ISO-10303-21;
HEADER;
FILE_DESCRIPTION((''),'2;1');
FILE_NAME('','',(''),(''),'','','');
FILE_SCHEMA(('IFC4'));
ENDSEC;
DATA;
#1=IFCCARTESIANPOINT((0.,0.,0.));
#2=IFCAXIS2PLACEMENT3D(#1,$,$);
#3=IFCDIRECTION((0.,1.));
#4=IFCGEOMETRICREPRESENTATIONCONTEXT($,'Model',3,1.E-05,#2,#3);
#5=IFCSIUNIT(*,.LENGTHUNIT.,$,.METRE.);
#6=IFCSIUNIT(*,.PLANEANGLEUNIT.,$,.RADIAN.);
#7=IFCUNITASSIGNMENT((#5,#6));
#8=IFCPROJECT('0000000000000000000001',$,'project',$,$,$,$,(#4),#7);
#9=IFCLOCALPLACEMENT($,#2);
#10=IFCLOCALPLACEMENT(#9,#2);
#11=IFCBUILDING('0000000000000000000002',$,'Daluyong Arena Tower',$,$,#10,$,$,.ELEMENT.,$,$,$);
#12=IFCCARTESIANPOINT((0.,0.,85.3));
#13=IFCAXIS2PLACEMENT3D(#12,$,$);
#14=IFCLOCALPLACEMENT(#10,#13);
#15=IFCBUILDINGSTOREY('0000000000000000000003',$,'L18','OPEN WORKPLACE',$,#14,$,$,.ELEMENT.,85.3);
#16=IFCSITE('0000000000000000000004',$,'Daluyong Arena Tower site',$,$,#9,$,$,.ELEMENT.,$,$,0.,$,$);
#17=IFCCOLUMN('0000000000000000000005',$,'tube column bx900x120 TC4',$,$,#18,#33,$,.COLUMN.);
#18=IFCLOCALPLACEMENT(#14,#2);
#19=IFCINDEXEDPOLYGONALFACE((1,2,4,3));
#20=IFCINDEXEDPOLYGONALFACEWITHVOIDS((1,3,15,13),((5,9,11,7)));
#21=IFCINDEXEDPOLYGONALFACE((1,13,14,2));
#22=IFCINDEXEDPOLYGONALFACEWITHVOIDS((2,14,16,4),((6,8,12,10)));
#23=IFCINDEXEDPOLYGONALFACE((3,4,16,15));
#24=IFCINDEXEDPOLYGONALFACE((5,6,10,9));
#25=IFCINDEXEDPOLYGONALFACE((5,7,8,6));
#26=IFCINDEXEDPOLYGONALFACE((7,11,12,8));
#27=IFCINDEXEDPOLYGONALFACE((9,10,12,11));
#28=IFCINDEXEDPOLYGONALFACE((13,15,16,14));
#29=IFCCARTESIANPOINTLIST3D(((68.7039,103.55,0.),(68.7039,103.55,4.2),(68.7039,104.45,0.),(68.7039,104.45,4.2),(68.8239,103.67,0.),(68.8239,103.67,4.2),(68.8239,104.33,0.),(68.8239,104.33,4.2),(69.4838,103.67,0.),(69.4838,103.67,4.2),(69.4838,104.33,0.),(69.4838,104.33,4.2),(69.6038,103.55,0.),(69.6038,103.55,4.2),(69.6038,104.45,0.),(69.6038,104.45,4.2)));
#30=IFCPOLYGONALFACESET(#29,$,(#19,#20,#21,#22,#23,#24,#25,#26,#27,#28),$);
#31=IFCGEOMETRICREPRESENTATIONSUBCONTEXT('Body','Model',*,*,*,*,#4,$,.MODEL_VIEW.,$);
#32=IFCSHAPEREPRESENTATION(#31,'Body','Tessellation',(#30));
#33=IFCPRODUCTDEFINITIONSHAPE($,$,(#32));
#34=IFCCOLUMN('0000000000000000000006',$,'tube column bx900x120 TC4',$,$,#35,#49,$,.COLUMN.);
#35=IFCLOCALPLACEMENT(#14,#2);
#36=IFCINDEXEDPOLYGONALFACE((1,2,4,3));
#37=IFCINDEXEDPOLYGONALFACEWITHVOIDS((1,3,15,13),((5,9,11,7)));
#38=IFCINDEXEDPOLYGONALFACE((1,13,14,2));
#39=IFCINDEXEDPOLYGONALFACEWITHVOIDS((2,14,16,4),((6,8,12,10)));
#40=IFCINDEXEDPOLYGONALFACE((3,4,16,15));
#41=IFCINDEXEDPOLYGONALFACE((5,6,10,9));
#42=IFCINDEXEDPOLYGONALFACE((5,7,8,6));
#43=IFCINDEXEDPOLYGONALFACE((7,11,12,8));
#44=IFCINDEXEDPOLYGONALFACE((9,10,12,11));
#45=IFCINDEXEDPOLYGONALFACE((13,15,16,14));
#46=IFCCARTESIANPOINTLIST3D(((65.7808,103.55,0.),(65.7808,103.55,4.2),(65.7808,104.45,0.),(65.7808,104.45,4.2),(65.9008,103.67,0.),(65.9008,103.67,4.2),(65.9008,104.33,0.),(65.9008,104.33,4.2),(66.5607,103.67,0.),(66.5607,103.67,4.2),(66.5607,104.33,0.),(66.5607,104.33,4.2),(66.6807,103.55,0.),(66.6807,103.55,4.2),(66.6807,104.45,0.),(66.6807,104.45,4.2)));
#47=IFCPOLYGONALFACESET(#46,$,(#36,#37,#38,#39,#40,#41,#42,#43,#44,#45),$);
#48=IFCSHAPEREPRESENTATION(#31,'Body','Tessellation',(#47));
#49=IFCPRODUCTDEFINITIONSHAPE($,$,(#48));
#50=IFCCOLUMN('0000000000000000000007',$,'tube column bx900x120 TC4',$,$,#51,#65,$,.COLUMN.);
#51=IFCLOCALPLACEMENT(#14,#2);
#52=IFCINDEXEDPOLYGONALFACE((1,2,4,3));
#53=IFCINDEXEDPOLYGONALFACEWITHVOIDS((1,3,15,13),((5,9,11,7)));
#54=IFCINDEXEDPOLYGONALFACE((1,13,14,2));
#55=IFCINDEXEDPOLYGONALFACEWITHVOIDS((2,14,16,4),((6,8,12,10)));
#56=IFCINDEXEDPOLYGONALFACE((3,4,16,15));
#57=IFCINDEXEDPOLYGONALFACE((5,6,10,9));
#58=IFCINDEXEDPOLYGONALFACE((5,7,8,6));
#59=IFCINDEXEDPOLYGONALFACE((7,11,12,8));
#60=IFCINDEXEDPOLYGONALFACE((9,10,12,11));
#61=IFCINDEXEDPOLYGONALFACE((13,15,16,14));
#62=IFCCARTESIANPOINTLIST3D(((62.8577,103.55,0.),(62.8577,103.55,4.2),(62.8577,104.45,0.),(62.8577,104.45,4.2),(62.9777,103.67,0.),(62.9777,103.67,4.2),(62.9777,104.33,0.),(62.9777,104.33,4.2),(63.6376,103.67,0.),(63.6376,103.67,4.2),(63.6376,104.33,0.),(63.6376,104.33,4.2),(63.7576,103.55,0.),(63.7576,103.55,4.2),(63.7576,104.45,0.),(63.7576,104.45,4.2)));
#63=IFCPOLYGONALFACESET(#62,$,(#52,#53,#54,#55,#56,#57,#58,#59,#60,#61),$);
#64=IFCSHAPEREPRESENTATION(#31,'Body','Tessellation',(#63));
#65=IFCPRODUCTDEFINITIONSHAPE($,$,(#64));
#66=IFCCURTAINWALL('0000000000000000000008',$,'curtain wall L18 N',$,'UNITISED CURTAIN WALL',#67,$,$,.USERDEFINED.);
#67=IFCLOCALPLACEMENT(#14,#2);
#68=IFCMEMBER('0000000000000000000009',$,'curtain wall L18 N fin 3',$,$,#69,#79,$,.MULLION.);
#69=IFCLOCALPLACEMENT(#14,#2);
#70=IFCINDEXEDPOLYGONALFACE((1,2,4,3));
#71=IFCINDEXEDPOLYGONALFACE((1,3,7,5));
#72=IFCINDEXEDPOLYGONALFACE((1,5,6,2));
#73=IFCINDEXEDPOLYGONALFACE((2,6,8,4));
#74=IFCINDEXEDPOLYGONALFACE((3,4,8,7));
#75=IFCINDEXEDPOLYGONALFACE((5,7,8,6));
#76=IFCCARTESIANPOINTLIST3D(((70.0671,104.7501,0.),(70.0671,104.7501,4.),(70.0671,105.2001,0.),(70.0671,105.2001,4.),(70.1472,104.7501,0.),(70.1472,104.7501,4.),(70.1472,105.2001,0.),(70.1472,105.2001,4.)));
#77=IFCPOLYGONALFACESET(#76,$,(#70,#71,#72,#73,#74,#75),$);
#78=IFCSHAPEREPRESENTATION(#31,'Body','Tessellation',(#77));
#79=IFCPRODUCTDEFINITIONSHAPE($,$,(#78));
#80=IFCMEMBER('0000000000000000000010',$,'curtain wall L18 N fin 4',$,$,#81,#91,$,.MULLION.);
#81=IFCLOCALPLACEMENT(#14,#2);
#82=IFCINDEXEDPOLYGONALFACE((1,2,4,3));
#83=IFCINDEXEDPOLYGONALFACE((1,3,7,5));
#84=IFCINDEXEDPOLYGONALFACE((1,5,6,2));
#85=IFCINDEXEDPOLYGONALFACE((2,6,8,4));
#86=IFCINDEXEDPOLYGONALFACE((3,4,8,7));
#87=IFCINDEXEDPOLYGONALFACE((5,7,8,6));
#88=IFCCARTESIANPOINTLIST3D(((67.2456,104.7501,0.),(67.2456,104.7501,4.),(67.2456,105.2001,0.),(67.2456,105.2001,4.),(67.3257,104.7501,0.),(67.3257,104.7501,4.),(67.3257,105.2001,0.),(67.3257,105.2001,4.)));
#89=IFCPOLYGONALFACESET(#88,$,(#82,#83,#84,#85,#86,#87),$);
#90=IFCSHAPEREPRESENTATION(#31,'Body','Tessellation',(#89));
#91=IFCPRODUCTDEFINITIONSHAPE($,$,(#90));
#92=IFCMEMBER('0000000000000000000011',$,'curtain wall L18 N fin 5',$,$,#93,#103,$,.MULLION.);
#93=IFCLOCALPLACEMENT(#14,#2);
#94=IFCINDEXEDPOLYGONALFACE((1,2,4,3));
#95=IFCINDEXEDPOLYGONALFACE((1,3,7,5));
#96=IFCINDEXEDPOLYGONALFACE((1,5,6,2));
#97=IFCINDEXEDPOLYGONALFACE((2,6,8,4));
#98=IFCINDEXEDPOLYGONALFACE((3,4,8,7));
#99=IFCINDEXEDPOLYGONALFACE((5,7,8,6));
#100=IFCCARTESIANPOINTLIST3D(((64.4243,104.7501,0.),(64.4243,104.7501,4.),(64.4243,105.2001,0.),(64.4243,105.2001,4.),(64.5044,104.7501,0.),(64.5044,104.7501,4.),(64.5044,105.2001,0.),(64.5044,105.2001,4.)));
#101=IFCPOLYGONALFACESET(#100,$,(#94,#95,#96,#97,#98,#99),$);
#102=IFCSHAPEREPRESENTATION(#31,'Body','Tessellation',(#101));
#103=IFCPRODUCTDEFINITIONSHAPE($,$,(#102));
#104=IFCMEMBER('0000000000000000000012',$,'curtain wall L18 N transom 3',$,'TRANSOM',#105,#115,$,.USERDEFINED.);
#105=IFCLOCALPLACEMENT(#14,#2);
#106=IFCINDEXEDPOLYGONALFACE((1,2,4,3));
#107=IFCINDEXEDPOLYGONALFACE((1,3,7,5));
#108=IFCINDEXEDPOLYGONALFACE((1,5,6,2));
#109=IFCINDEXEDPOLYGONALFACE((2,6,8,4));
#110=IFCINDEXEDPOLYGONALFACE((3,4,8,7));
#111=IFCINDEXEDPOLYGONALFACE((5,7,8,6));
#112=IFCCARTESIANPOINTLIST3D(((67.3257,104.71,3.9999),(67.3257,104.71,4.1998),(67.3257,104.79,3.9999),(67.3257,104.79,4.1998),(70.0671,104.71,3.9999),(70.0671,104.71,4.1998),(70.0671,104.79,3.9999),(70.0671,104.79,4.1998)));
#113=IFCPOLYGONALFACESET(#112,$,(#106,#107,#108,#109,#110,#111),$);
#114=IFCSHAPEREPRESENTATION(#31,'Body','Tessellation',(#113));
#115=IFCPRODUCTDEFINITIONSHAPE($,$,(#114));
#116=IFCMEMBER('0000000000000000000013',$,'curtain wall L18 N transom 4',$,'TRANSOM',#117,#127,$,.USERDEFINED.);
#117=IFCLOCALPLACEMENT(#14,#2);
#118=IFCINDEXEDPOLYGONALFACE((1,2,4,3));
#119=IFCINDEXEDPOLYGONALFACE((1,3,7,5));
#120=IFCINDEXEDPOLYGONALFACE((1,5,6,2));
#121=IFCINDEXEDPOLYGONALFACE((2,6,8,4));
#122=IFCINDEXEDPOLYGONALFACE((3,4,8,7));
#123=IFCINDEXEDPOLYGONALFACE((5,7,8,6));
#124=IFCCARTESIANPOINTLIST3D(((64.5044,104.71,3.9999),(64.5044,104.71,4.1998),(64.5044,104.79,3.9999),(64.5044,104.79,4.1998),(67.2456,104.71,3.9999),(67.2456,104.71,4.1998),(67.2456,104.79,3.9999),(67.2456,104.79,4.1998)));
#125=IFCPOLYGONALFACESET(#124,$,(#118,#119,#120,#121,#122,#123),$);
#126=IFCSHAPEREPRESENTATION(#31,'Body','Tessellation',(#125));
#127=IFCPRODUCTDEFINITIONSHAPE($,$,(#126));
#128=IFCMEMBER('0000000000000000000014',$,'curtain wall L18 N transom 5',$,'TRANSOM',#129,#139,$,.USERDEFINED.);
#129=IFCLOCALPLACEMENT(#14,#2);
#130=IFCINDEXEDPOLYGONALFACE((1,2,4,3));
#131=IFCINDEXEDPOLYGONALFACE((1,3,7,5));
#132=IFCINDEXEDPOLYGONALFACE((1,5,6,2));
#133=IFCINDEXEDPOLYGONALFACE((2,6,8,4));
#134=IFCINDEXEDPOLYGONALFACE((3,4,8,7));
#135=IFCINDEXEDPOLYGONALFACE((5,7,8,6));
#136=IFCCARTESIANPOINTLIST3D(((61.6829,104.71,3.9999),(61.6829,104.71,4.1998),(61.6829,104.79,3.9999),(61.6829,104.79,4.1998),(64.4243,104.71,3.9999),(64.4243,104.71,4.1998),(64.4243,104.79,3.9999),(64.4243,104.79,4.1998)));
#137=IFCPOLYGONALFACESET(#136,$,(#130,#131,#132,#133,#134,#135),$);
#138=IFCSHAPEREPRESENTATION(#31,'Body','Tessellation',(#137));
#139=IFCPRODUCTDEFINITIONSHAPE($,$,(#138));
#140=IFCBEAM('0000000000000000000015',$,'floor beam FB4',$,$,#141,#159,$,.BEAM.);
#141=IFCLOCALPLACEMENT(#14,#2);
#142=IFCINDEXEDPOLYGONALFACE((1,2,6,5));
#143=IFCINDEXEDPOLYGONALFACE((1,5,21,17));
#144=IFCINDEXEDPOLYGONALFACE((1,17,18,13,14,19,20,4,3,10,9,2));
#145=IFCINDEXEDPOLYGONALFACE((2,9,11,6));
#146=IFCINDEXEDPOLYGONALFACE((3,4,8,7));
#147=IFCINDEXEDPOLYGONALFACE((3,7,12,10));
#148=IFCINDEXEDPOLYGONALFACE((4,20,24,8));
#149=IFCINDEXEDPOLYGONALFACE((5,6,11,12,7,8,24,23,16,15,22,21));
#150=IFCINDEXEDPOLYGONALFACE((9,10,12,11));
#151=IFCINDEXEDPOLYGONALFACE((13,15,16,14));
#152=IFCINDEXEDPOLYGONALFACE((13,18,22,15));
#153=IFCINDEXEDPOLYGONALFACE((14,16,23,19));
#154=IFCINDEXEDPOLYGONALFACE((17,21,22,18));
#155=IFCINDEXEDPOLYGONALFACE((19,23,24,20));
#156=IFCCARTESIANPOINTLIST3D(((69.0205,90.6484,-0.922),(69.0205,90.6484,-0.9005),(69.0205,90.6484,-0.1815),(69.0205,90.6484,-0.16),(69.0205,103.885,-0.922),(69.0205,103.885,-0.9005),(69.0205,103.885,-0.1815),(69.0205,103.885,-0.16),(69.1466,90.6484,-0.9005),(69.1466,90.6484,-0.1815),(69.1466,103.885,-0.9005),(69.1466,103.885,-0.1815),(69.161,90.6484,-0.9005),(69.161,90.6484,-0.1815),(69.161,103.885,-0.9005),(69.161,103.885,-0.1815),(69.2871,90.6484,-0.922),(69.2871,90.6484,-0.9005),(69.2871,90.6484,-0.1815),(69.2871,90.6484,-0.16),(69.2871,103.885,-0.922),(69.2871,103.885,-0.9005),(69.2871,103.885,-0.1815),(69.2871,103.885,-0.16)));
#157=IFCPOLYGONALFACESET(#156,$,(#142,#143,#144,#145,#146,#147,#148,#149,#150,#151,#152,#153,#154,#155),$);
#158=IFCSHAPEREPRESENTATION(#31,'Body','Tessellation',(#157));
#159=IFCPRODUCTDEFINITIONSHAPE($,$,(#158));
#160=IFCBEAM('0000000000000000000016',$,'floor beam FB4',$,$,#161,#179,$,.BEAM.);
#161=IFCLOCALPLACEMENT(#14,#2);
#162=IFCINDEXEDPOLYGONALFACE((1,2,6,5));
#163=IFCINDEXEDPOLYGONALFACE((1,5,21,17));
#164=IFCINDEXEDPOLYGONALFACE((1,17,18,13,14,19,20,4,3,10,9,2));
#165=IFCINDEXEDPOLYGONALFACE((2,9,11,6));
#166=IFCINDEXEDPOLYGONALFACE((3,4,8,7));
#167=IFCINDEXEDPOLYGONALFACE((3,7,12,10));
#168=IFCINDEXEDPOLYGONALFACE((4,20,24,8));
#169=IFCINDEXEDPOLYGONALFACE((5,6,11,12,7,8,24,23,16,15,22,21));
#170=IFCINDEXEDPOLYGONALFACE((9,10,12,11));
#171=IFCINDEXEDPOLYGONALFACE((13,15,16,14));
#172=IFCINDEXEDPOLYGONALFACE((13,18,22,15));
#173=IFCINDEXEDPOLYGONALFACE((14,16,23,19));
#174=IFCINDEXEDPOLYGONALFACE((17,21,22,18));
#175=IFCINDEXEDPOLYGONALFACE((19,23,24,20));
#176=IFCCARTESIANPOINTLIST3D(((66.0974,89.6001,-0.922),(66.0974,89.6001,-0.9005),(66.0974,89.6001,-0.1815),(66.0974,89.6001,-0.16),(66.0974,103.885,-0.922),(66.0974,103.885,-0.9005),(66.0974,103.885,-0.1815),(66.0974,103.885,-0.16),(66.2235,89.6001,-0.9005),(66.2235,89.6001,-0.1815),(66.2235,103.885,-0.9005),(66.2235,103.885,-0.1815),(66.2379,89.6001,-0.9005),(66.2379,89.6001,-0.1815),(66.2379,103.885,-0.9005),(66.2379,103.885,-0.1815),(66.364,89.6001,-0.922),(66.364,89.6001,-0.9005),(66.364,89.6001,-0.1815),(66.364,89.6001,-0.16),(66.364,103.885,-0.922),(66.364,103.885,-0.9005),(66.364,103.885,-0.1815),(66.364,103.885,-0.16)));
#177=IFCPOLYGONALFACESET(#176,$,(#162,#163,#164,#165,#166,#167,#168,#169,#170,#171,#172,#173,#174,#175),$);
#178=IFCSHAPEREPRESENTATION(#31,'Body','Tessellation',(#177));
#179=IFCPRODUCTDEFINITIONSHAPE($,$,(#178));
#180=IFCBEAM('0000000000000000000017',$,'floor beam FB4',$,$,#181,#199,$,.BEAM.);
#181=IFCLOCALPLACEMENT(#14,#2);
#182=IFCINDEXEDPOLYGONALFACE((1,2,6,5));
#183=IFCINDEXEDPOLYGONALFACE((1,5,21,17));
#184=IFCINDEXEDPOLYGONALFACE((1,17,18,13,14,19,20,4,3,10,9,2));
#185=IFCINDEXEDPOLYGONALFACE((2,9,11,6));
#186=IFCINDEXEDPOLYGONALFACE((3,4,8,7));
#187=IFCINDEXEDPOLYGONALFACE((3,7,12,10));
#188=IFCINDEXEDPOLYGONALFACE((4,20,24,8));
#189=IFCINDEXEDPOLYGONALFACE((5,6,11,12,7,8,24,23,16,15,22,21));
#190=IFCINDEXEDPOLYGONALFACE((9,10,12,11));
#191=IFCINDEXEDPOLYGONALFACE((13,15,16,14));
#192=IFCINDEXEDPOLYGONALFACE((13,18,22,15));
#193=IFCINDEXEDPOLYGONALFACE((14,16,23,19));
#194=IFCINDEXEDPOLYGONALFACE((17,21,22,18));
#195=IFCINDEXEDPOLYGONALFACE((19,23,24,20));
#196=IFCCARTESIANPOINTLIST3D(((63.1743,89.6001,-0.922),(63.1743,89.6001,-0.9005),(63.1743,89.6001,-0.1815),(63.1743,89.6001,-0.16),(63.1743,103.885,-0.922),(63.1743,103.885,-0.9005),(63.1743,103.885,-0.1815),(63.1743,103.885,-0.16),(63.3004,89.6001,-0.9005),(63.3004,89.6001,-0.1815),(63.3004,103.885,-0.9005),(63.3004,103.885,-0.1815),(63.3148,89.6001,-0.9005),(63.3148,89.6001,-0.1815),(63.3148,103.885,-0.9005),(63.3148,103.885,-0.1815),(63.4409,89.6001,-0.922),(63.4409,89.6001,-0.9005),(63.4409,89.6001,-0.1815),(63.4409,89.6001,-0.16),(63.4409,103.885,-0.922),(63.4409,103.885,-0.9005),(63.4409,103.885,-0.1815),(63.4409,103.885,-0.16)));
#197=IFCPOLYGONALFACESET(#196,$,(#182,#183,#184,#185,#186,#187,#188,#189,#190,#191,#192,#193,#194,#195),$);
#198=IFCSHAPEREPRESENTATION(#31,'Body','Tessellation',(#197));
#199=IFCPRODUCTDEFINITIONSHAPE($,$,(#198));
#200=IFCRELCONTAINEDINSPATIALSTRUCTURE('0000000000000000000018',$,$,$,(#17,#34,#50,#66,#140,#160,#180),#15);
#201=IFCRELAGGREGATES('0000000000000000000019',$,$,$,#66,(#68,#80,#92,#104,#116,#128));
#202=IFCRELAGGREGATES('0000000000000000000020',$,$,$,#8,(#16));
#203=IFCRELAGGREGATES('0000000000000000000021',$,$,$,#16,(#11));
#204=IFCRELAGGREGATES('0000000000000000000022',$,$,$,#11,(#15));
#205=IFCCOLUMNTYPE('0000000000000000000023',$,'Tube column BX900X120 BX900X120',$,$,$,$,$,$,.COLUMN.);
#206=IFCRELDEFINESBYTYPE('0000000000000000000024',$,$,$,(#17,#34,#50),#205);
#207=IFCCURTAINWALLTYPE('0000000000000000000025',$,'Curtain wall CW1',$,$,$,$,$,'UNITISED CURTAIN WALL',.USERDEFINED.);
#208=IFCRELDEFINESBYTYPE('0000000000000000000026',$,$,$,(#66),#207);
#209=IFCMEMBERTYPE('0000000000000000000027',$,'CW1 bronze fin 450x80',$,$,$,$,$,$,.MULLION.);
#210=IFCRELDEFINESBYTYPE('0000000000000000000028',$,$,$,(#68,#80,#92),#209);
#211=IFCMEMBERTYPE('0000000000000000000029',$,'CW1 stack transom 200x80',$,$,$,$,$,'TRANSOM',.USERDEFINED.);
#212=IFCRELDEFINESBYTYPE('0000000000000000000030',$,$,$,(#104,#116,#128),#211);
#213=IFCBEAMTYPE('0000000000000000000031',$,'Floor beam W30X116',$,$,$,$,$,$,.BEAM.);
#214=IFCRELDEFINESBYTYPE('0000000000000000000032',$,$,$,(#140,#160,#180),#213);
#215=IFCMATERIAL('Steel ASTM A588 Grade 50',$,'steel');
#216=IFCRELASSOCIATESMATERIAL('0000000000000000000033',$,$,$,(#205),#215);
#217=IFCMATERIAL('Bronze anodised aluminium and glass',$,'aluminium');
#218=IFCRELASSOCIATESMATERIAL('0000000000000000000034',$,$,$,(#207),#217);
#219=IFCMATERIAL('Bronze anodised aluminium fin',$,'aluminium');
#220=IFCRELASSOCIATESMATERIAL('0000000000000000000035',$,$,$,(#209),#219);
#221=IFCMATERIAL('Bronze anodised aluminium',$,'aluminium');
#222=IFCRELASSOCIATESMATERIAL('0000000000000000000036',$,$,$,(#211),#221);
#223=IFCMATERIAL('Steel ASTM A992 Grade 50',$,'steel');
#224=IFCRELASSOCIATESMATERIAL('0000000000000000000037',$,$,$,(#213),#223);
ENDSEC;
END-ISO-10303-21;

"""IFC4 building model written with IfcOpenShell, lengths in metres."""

from ifc_helpers import new_model, si_unit, direction, frame, origin, origin_2d, place, context, subcontext, project, spatial, rectangle, hollow_rectangle, i_section, extrude, material, material_profile, profile_set, type_object, element, aggregate, save


model = new_model("IFC4")

# Units and contexts
model_context = context("Model", 3, precision=1e-05, world=origin(), true_north=direction((0.0, 1.0)))
body_context = subcontext(model_context, "Body", "Model", "MODEL_VIEW")
ifc_project = project(units=[si_unit("LENGTHUNIT", "METRE"), si_unit("PLANEANGLEUNIT", "RADIAN")], contexts=[model_context])

# Site, building, storey
site_placement = place(None, origin())
site = spatial("IfcSite", under=ifc_project, at=site_placement, Name="Daluyong Arena Tower site", CompositionType="ELEMENT", RefElevation=0.0)
building_placement = place(site_placement, origin())
building = spatial("IfcBuilding", under=site, at=building_placement, Name="Daluyong Arena Tower", CompositionType="ELEMENT")
storey_placement = place(building_placement, frame((0.0, 0.0, 85.3)))
storey = spatial("IfcBuildingStorey", under=building, at=storey_placement, Name="L18", Description="OPEN WORKPLACE", CompositionType="ELEMENT", Elevation=85.3)

# Columns
ifc_material_1 = material(Name="Steel ASTM A588 Grade 50", Category="steel")
ifc_material_profile_1 = material_profile(ifc_material_1, hollow_rectangle(XDim=0.8999, YDim=0.8999, WallThickness=0.12, at=origin_2d()))
ifc_profile_set_1 = profile_set([ifc_material_profile_1], Name="Steel ASTM A588 Grade 50")
column_type = type_object("IfcColumnType", Name="Tube column BX900X120 BX900X120", PredefinedType="COLUMN", material=ifc_profile_set_1)
for number, where, z_axis, x_axis, name in (
    (1, (69.1538, 104.0, 0.0), (0.0, 0.0, 1.0), (1.0, 0.0, 0.0), "tube column bx900x120 TC4"),
    (2, (66.2307, 104.0, 0.0), (0.0, 0.0, 1.0), (1.0, 0.0, 0.0), "tube column bx900x120 TC4"),
    (3, (63.3076, 104.0, 0.0), (0.0, 0.0, 1.0), (1.0, 0.0, 0.0), "tube column bx900x120 TC4"),
):
    element("IfcColumn", number, at=place(storey_placement, frame(where, z_axis=z_axis, x_axis=x_axis)), inside=storey, type_object=column_type, Name=name, PredefinedType="COLUMN", context=body_context, shape_type="SweptSolid", body=[
        extrude(hollow_rectangle(XDim=0.8999, YDim=0.8999, WallThickness=0.12, at=origin_2d()), origin(), (0.0, 0.0, 1.0), 4.2),
    ])

# Curtain wall, members
ifc_material_2 = material(Name="Bronze anodised aluminium and glass", Category="aluminium")
curtain_wall_type = type_object("IfcCurtainWallType", Name="Curtain wall CW1", ElementType="UNITISED CURTAIN WALL", PredefinedType="USERDEFINED", material=ifc_material_2)
curtain_wall_placement = place(storey_placement, origin())
curtain_wall = element("IfcCurtainWall", 4, at=curtain_wall_placement, inside=storey, type_object=curtain_wall_type, Name="curtain wall L18 N", ObjectType="UNITISED CURTAIN WALL", PredefinedType="USERDEFINED")
ifc_material_3 = material(Name="Bronze anodised aluminium fin", Category="aluminium")
ifc_material_profile_2 = material_profile(ifc_material_3, rectangle(XDim=0.45, YDim=0.0801, at=origin_2d()))
ifc_profile_set_2 = profile_set([ifc_material_profile_2], Name="Bronze anodised aluminium fin")
member_type_1 = type_object("IfcMemberType", Name="CW1 bronze fin 450x80", PredefinedType="MULLION", material=ifc_profile_set_2)
member_1_placement = place(storey_placement, frame((70.1072, 104.9751, 0.0), z_axis=(0.0, 0.0, 1.0), x_axis=(0.0, -1.0, 0.0)))
member_1 = element("IfcMember", 5, at=member_1_placement, type_object=member_type_1, Name="curtain wall L18 N fin 3", PredefinedType="MULLION", context=body_context, shape_type="SweptSolid", body=[
    extrude(rectangle(XDim=0.45, YDim=0.0801, at=origin_2d()), origin(), (0.0, 0.0, 1.0), 4.0),
])
member_2_placement = place(storey_placement, frame((67.2856, 104.9751, 0.0), z_axis=(0.0, 0.0, 1.0), x_axis=(0.0, -1.0, 0.0)))
member_2 = element("IfcMember", 6, at=member_2_placement, type_object=member_type_1, Name="curtain wall L18 N fin 4", PredefinedType="MULLION", context=body_context, shape_type="SweptSolid", body=[
    extrude(rectangle(XDim=0.45, YDim=0.0801, at=origin_2d()), origin(), (0.0, 0.0, 1.0), 4.0),
])
member_3_placement = place(storey_placement, frame((64.4644, 104.9751, 0.0), z_axis=(0.0, 0.0, 1.0), x_axis=(0.0, -1.0, 0.0)))
member_3 = element("IfcMember", 7, at=member_3_placement, type_object=member_type_1, Name="curtain wall L18 N fin 5", PredefinedType="MULLION", context=body_context, shape_type="SweptSolid", body=[
    extrude(rectangle(XDim=0.45, YDim=0.0801, at=origin_2d()), origin(), (0.0, 0.0, 1.0), 4.0),
])
ifc_material_4 = material(Name="Bronze anodised aluminium", Category="aluminium")
ifc_material_profile_3 = material_profile(ifc_material_4, rectangle(XDim=0.0801, YDim=0.2, at=origin_2d()))
ifc_profile_set_3 = profile_set([ifc_material_profile_3], Name="Bronze anodised aluminium")
member_type_2 = type_object("IfcMemberType", Name="CW1 stack transom 200x80", ElementType="TRANSOM", PredefinedType="USERDEFINED", material=ifc_profile_set_3)
member_4_placement = place(storey_placement, frame((70.0671, 104.75, 4.0999), z_axis=(-1.0, 0.0, 0.0), x_axis=(0.0, -1.0, 0.0)))
member_4 = element("IfcMember", 8, at=member_4_placement, type_object=member_type_2, Name="curtain wall L18 N transom 3", ObjectType="TRANSOM", PredefinedType="USERDEFINED", context=body_context, shape_type="SweptSolid", body=[
    extrude(rectangle(XDim=0.0801, YDim=0.2, at=origin_2d()), origin(), (0.0, 0.0, 1.0), 2.7415),
])
member_5_placement = place(storey_placement, frame((67.2456, 104.75, 4.0999), z_axis=(-1.0, 0.0, 0.0), x_axis=(0.0, -1.0, 0.0)))
member_5 = element("IfcMember", 9, at=member_5_placement, type_object=member_type_2, Name="curtain wall L18 N transom 4", ObjectType="TRANSOM", PredefinedType="USERDEFINED", context=body_context, shape_type="SweptSolid", body=[
    extrude(rectangle(XDim=0.0801, YDim=0.2, at=origin_2d()), origin(), (0.0, 0.0, 1.0), 2.7412),
])
member_6_placement = place(storey_placement, frame((64.4243, 104.75, 4.0999), z_axis=(-1.0, 0.0, 0.0), x_axis=(0.0, -1.0, 0.0)))
member_6 = element("IfcMember", 10, at=member_6_placement, type_object=member_type_2, Name="curtain wall L18 N transom 5", ObjectType="TRANSOM", PredefinedType="USERDEFINED", context=body_context, shape_type="SweptSolid", body=[
    extrude(rectangle(XDim=0.0801, YDim=0.2, at=origin_2d()), origin(), (0.0, 0.0, 1.0), 2.7415),
])

# Beams
ifc_material_5 = material(Name="Steel ASTM A992 Grade 50", Category="steel")
ifc_material_profile_4 = material_profile(ifc_material_5, i_section(OverallWidth=0.2666, OverallDepth=0.762, WebThickness=0.0144, FlangeThickness=0.0215, at=origin_2d()))
ifc_profile_set_4 = profile_set([ifc_material_profile_4], Name="Steel ASTM A992 Grade 50")
beam_type_1 = type_object("IfcBeamType", Name="Floor beam W30X116", PredefinedType="BEAM", material=ifc_profile_set_4)
beam_placement = place(storey_placement, frame((69.1538, 103.885, -0.541), z_axis=(0.0, -1.0, 0.0), x_axis=(1.0, 0.0, 0.0)))
element("IfcBeam", 11, at=beam_placement, inside=storey, type_object=beam_type_1, Name="floor beam FB4", PredefinedType="BEAM", context=body_context, shape_type="SweptSolid", body=[
    extrude(i_section(OverallWidth=0.2666, OverallDepth=0.762, WebThickness=0.0144, FlangeThickness=0.0215, at=origin_2d()), origin(), (0.0, 0.0, 1.0), 13.2366),
])
for number, where, z_axis, x_axis, name in (
    (12, (66.2307, 103.885, -0.541), (0.0, -1.0, 0.0), (1.0, 0.0, 0.0), "floor beam FB4"),
    (13, (63.3076, 103.885, -0.541), (0.0, -1.0, 0.0), (1.0, 0.0, 0.0), "floor beam FB4"),
):
    element("IfcBeam", number, at=place(storey_placement, frame(where, z_axis=z_axis, x_axis=x_axis)), inside=storey, type_object=beam_type_1, Name=name, PredefinedType="BEAM", context=body_context, shape_type="SweptSolid", body=[
        extrude(i_section(OverallWidth=0.2666, OverallDepth=0.762, WebThickness=0.0144, FlangeThickness=0.0215, at=origin_2d()), origin(), (0.0, 0.0, 1.0), 14.2849),
    ])

aggregate(curtain_wall, [member_1, member_2, member_3, member_4, member_5, member_6])

save(model, "model.ifc")
